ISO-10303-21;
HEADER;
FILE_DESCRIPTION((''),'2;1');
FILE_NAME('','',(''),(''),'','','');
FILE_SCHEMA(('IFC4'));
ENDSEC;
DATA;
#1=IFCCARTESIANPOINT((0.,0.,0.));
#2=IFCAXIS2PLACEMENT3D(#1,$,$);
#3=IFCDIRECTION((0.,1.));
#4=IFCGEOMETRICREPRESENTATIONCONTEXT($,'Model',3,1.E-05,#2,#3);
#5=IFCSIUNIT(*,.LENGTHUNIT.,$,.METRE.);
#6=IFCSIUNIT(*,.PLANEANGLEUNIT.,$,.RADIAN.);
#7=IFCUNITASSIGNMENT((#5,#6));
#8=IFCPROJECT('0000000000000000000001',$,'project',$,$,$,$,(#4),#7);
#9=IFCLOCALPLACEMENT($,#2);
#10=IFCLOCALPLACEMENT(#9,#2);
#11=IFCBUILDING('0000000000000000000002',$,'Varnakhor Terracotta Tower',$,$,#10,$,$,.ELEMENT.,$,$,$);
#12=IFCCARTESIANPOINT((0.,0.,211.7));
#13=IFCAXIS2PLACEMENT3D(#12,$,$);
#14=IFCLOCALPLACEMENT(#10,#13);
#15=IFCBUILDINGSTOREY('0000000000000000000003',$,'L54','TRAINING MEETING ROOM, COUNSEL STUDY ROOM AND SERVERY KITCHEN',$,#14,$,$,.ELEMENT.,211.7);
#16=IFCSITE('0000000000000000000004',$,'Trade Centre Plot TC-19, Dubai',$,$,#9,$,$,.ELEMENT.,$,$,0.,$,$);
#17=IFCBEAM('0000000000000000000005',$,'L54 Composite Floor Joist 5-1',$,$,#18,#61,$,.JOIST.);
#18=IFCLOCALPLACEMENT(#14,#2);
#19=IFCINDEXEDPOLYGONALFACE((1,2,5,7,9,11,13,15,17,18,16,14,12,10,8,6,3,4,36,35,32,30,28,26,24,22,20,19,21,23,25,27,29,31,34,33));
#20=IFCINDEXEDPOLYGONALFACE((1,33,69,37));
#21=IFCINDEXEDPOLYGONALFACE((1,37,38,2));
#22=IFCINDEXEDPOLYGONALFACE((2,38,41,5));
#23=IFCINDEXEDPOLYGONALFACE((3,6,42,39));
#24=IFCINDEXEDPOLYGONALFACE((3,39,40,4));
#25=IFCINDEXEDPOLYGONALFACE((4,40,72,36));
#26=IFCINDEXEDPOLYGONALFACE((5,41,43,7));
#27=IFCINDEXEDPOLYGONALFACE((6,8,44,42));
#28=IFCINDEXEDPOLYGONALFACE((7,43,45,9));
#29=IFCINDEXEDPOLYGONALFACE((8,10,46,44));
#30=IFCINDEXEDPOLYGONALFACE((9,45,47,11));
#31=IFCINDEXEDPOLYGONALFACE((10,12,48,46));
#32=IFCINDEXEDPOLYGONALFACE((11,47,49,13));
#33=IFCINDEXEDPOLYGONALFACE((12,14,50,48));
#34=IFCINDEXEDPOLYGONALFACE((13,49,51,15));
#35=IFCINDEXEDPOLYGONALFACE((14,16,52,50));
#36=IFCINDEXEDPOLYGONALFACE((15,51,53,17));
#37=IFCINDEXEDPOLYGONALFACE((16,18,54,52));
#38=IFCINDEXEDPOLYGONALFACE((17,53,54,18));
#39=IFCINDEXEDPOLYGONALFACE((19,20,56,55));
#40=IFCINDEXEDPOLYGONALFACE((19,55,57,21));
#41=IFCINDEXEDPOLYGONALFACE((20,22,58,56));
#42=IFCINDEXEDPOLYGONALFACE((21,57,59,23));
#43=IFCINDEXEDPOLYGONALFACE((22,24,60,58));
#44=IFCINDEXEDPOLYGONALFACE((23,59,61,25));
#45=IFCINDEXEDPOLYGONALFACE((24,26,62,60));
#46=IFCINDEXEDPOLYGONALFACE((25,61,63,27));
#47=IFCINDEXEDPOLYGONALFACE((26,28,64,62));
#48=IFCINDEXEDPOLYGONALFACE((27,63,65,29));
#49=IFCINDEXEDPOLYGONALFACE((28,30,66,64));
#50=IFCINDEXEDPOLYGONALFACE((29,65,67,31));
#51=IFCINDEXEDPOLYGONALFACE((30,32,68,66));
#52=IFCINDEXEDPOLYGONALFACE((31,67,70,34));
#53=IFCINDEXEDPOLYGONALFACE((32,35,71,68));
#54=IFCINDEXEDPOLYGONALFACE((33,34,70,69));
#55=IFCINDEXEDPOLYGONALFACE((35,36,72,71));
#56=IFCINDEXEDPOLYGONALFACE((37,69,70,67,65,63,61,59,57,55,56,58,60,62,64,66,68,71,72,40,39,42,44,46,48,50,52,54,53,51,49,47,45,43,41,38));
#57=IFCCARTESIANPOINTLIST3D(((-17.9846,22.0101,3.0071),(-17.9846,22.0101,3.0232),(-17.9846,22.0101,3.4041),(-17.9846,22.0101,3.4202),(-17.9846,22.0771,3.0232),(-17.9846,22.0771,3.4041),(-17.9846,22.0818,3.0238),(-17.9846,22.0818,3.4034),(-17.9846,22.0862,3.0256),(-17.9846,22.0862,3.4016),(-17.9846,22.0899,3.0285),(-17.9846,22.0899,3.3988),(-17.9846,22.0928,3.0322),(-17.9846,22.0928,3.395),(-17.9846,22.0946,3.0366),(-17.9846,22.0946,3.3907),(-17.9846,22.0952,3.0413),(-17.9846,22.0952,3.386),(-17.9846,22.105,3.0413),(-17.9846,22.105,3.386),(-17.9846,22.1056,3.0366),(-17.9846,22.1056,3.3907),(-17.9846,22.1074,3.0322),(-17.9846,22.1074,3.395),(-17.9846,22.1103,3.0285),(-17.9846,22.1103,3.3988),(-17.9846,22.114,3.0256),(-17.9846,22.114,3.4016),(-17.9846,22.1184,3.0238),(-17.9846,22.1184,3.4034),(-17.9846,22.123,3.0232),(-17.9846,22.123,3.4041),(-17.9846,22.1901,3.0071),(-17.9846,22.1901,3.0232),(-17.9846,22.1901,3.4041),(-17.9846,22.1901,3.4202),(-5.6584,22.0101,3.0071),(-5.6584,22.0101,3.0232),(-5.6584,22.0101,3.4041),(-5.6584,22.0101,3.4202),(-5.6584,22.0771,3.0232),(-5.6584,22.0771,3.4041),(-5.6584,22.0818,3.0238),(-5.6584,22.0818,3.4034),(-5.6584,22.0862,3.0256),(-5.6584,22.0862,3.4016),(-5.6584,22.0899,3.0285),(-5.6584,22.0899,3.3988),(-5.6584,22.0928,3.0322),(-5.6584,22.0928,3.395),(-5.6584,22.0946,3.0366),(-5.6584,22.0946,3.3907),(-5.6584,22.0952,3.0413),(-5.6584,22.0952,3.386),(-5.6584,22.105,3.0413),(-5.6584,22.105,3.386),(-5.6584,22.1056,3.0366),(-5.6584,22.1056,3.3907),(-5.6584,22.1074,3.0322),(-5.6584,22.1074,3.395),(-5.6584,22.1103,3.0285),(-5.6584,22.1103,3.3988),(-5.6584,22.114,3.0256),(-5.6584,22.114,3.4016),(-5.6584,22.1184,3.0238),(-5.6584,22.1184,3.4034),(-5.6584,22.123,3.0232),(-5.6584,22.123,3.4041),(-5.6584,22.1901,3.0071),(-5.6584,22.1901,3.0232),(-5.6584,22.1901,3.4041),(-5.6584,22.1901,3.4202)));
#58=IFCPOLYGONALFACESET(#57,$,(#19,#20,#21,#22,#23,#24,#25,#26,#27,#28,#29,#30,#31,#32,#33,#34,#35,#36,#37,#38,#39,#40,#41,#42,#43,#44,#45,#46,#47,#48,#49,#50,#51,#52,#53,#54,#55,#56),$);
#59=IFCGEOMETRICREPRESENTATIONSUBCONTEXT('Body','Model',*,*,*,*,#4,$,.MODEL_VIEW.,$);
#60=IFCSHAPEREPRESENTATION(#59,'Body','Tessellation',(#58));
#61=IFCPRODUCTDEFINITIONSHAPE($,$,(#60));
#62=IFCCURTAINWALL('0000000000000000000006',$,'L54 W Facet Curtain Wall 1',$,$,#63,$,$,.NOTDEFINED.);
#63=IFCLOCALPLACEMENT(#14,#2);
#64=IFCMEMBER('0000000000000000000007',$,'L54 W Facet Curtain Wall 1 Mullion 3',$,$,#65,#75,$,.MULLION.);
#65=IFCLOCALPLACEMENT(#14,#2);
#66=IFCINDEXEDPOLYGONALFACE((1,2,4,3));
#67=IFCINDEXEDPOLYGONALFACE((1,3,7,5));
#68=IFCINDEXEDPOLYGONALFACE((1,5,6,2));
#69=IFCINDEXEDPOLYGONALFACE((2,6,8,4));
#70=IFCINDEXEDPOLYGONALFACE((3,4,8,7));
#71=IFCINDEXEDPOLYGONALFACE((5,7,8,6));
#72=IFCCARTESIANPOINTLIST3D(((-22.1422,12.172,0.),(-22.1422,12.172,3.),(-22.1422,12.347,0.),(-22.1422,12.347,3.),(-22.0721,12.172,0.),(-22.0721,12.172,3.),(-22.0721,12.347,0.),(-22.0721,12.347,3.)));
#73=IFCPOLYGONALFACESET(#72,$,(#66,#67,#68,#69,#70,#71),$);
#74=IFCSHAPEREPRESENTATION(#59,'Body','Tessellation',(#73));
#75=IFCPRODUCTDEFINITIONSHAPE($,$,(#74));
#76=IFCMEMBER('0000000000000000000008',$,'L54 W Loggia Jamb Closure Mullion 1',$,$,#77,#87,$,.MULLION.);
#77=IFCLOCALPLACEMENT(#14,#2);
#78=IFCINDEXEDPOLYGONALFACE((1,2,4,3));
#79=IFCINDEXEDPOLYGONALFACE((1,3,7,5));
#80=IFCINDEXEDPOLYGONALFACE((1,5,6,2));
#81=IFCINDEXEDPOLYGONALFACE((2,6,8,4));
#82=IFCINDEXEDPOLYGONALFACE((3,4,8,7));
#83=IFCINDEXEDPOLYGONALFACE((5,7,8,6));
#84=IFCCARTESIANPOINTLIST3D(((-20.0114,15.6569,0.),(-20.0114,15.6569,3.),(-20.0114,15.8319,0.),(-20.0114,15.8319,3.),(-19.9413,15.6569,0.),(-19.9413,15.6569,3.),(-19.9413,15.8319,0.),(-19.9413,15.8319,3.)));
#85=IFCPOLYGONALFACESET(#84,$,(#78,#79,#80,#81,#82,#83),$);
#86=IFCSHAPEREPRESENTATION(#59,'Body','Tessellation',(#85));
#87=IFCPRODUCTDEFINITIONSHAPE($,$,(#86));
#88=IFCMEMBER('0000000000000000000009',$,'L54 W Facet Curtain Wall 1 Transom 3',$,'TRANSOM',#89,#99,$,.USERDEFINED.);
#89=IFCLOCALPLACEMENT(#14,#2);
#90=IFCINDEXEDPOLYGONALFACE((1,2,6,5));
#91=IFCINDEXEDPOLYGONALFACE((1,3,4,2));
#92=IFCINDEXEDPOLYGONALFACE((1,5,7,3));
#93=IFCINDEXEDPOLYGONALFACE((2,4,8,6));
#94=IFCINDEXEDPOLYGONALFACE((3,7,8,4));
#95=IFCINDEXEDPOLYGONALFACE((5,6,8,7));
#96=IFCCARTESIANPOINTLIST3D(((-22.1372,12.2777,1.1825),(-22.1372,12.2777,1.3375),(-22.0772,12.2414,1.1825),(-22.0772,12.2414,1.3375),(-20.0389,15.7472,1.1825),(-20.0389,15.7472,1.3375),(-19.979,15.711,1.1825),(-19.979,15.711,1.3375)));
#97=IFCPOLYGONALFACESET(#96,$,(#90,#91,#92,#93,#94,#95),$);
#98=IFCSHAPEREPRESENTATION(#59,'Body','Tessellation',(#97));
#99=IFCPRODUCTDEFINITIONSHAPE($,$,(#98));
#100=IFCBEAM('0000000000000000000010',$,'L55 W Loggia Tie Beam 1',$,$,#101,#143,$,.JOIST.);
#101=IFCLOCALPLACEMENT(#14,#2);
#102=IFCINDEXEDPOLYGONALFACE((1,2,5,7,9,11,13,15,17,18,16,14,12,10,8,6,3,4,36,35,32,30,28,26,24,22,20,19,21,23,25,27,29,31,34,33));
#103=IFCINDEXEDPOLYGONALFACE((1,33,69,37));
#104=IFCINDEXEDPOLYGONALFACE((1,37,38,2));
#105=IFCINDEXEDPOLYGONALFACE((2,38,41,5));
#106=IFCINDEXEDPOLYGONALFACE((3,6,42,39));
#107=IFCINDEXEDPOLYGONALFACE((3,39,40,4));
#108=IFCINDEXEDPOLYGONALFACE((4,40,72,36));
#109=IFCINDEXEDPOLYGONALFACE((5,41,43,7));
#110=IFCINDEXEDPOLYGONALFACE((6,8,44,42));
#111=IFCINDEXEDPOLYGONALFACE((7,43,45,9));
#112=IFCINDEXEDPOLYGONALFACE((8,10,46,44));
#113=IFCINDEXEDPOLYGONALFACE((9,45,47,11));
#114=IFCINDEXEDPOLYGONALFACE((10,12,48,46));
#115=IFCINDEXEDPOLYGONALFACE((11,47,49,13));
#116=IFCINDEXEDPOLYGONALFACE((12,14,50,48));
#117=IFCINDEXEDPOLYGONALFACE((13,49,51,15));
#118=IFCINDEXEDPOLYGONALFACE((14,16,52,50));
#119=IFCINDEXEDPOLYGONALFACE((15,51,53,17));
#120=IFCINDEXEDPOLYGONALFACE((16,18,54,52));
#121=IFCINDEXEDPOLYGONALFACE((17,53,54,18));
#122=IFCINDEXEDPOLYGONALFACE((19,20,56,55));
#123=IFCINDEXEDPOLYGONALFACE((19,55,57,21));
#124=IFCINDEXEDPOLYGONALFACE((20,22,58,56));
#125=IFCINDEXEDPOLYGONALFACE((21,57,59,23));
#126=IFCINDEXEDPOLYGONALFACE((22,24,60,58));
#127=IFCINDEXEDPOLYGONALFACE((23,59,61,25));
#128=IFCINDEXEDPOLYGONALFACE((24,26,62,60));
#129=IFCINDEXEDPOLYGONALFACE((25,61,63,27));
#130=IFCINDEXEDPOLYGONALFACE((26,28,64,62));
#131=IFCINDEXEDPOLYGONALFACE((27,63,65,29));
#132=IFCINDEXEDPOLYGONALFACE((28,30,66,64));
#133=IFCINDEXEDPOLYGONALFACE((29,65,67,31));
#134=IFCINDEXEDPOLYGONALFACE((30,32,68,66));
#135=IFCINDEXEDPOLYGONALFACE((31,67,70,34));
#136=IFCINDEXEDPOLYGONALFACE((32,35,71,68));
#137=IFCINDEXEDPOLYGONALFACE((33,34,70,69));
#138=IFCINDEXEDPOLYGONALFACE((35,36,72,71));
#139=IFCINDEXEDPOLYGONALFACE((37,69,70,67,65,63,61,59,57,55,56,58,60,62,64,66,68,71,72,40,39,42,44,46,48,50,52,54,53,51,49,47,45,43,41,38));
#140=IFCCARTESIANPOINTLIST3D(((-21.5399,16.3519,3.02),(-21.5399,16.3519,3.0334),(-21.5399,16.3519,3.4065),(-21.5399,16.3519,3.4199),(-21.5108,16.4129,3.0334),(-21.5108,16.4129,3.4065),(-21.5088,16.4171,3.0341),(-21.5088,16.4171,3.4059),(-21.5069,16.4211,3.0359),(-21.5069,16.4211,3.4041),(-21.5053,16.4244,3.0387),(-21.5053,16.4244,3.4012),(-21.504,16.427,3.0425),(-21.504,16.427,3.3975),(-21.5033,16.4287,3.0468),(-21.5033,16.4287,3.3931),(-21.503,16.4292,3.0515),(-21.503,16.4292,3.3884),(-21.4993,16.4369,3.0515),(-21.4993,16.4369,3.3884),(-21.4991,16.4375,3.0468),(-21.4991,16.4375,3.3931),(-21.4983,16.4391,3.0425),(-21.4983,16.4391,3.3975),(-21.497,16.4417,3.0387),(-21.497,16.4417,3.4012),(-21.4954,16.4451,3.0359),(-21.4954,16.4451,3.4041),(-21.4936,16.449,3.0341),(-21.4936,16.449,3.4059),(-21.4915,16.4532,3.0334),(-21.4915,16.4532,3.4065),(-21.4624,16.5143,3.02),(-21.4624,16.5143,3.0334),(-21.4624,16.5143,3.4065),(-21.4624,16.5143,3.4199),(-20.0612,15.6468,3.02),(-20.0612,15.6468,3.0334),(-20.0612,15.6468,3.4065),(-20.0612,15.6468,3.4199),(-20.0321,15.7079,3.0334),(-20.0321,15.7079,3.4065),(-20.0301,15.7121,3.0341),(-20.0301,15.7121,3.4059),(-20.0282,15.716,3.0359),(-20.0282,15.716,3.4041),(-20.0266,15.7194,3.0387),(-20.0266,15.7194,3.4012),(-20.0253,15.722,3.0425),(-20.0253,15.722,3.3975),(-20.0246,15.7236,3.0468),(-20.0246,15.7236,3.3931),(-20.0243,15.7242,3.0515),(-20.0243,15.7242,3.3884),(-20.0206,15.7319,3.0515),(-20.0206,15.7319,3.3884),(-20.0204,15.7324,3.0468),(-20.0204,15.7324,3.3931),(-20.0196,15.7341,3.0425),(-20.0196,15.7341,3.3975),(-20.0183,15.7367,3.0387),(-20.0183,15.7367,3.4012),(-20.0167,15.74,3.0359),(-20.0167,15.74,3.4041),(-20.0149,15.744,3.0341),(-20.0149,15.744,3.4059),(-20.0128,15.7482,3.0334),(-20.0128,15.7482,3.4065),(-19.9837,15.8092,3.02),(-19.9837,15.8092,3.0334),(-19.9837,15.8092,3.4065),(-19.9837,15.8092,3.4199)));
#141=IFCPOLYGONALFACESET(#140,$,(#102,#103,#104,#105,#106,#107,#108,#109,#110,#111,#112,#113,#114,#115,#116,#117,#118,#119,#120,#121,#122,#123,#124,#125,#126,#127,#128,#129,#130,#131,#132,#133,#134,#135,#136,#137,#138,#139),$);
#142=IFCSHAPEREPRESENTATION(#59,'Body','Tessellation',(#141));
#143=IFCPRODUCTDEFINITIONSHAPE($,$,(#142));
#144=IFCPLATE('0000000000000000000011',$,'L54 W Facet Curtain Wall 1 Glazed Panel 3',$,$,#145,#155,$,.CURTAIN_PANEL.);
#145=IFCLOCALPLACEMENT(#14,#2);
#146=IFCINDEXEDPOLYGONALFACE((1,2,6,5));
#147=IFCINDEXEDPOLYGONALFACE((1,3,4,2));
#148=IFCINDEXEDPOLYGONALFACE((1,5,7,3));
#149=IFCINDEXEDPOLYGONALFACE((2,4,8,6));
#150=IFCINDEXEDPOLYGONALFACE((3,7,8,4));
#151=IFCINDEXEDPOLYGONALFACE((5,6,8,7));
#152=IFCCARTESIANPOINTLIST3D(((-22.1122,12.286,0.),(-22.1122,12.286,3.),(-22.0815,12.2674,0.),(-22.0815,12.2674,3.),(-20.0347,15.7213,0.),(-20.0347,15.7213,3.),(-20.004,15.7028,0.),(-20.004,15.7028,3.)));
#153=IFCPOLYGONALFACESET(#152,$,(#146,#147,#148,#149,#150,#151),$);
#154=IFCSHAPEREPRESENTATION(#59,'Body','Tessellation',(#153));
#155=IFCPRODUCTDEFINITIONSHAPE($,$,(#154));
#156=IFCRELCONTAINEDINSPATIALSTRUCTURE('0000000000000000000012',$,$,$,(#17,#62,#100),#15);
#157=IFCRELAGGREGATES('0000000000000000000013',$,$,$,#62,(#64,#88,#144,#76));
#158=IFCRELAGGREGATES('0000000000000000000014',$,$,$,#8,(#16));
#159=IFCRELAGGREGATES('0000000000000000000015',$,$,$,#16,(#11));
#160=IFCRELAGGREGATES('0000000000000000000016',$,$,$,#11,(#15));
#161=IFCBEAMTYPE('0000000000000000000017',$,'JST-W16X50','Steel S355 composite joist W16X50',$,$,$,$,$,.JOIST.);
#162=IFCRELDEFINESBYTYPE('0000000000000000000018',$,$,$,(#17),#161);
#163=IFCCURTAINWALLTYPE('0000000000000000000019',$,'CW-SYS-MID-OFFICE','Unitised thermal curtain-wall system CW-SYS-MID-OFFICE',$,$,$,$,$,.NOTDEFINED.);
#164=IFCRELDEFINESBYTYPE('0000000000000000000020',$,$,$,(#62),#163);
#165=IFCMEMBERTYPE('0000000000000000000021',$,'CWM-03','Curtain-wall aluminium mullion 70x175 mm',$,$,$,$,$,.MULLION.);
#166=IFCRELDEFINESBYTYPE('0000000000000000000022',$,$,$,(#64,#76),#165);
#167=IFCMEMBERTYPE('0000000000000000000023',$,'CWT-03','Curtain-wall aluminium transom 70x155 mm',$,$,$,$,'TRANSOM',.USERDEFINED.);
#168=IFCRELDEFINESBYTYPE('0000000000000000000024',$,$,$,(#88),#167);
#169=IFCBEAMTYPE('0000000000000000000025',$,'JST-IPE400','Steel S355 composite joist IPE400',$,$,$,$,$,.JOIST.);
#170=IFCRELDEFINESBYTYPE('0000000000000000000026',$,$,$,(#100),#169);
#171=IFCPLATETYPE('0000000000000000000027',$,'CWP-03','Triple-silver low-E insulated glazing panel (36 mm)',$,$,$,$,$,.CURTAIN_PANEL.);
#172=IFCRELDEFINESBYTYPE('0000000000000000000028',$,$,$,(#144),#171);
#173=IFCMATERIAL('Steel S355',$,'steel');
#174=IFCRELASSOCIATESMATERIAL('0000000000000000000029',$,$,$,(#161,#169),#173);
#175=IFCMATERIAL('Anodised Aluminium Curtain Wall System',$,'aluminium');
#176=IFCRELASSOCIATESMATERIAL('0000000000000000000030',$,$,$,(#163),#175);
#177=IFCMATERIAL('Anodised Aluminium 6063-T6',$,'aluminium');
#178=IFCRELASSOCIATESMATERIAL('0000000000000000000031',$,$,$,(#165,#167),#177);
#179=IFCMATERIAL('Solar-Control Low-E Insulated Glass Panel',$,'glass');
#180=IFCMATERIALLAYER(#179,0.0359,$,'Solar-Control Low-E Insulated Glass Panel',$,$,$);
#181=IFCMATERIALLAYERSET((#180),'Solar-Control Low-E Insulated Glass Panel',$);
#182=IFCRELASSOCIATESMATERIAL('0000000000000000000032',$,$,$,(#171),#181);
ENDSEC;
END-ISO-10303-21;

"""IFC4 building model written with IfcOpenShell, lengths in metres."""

from ifc_helpers import new_model, si_unit, direction, frame, origin, origin_2d, place, context, subcontext, project, spatial, rectangle, i_section, extrude, source, transform, mapped, material, layer, layer_set, material_profile, profile_set, type_object, element, aggregate, save


model = new_model("IFC4")

# Units and contexts
model_context = context("Model", 3, precision=1e-05, world=origin(), true_north=direction((0.0, 1.0)))
body_context = subcontext(model_context, "Body", "Model", "MODEL_VIEW")
ifc_project = project(units=[si_unit("LENGTHUNIT", "METRE"), si_unit("PLANEANGLEUNIT", "RADIAN")], contexts=[model_context])

# Site, building, storey
site_placement = place(None, origin())
site = spatial("IfcSite", under=ifc_project, at=site_placement, Name="Trade Centre Plot TC-19, Dubai", CompositionType="ELEMENT", RefElevation=0.0)
building_placement = place(site_placement, origin())
building = spatial("IfcBuilding", under=site, at=building_placement, Name="Varnakhor Terracotta Tower", CompositionType="ELEMENT")
storey_placement = place(building_placement, frame((0.0, 0.0, 211.7)))
storey = spatial("IfcBuildingStorey", under=building, at=storey_placement, Name="L54", Description="TRAINING MEETING ROOM, COUNSEL STUDY ROOM AND SERVERY KITCHEN", CompositionType="ELEMENT", Elevation=211.7)

# Beam
ifc_material_1 = material(Name="Steel S355", Category="steel")
ifc_material_profile_1 = material_profile(ifc_material_1, i_section(OverallWidth=0.1799, OverallDepth=0.4131, WebThickness=0.0098, FlangeThickness=0.0161, FilletRadius=0.0181, at=origin_2d()), Name="W16X50")
ifc_profile_set_1 = profile_set([ifc_material_profile_1], Name="Steel S355")
beam_type_1 = type_object("IfcBeamType", Name="JST-W16X50", Description="Steel S355 composite joist W16X50", PredefinedType="JOIST", material=ifc_profile_set_1)
shared_shape_1 = source(origin(), body_context, "Body", "SweptSolid", [
    extrude(i_section(OverallWidth=0.1799, OverallDepth=0.4131, WebThickness=0.0098, FlangeThickness=0.0161, FilletRadius=0.0181, at=origin_2d()), origin(), (0.0, 0.0, 1.0), 12.3262),
])
beam_1_placement = place(storey_placement, frame((-17.9846, 22.1001, 3.2136), z_axis=(1.0, 0.0, 0.0), x_axis=(0.0, 1.0, 0.0)))
element("IfcBeam", 1, at=beam_1_placement, inside=storey, type_object=beam_type_1, Name="L54 Composite Floor Joist 5-1", PredefinedType="JOIST", context=body_context, shape_type="MappedRepresentation", body=[
    mapped(shared_shape_1, transform((0.0, 0.0, 0.0), scale=1.0)),
])

# Curtain wall, members
ifc_material_2 = material(Name="Anodised Aluminium Curtain Wall System", Category="aluminium")
curtain_wall_type = type_object("IfcCurtainWallType", Name="CW-SYS-MID-OFFICE", Description="Unitised thermal curtain-wall system CW-SYS-MID-OFFICE", PredefinedType="NOTDEFINED", material=ifc_material_2)
curtain_wall_placement = place(storey_placement, origin())
curtain_wall = element("IfcCurtainWall", 2, at=curtain_wall_placement, inside=storey, type_object=curtain_wall_type, Name="L54 W Facet Curtain Wall 1", PredefinedType="NOTDEFINED")
ifc_material_3 = material(Name="Anodised Aluminium 6063-T6", Category="aluminium")
ifc_material_profile_2 = material_profile(ifc_material_3, rectangle(XDim=0.0701, YDim=0.175, at=origin_2d()), Name="ALU MULLION 70x175")
ifc_profile_set_2 = profile_set([ifc_material_profile_2], Name="Anodised Aluminium 6063-T6")
member_type_1 = type_object("IfcMemberType", Name="CWM-03", Description="Curtain-wall aluminium mullion 70x175 mm", PredefinedType="MULLION", material=ifc_profile_set_2)
shared_shape_2 = source(origin(), body_context, "Body", "SweptSolid", [
    extrude(rectangle(XDim=0.0701, YDim=0.175, at=origin_2d()), origin(), (0.0, 0.0, 1.0), 3.0),
])
member_1_placement = place(storey_placement, frame((-22.1072, 12.2595, 0.0), z_axis=(0.0, 0.0, 1.0), x_axis=(1.0, 0.0, 0.0)))
member_1 = element("IfcMember", 3, at=member_1_placement, type_object=member_type_1, Name="L54 W Facet Curtain Wall 1 Mullion 3", PredefinedType="MULLION", context=body_context, shape_type="MappedRepresentation", body=[
    mapped(shared_shape_2, transform((0.0, 0.0, 0.0), scale=1.0)),
])
member_2_placement = place(storey_placement, frame((-19.9763, 15.7444, 0.0), z_axis=(0.0, 0.0, 1.0), x_axis=(1.0, 0.0, 0.0)))
member_2 = element("IfcMember", 4, at=member_2_placement, type_object=member_type_1, Name="L54 W Loggia Jamb Closure Mullion 1", PredefinedType="MULLION", context=body_context, shape_type="MappedRepresentation", body=[
    mapped(shared_shape_2, transform((0.0, 0.0, 0.0), scale=1.0)),
])
ifc_material_profile_3 = material_profile(ifc_material_3, rectangle(XDim=0.0701, YDim=0.155, at=origin_2d()), Name="ALU TRANSOM 70x155")
ifc_profile_set_3 = profile_set([ifc_material_profile_3], Name="Anodised Aluminium 6063-T6")
member_type_2 = type_object("IfcMemberType", Name="CWT-03", Description="Curtain-wall aluminium transom 70x155 mm", ElementType="TRANSOM", PredefinedType="USERDEFINED", material=ifc_profile_set_3)
shared_shape_3 = source(origin(), body_context, "Body", "SweptSolid", [
    extrude(rectangle(XDim=0.0701, YDim=0.155, at=origin_2d()), origin(), (0.0, 0.0, 1.0), 4.0547),
])
member_3_placement = place(storey_placement, frame((-22.1072, 12.2595, 1.26), z_axis=(0.517477, 0.855697, 0.0), x_axis=(-0.855697, 0.517477, 0.0)))
member_3 = element("IfcMember", 5, at=member_3_placement, type_object=member_type_2, Name="L54 W Facet Curtain Wall 1 Transom 3", ObjectType="TRANSOM", PredefinedType="USERDEFINED", context=body_context, shape_type="MappedRepresentation", body=[
    mapped(shared_shape_3, transform((0.0, 0.0, 0.0), scale=1.0)),
])

# Beam
ifc_material_profile_4 = material_profile(ifc_material_1, i_section(OverallWidth=0.1799, OverallDepth=0.3999, WebThickness=0.0085, FlangeThickness=0.0134, FilletRadius=0.0181, at=origin_2d()), Name="IPE400")
ifc_profile_set_4 = profile_set([ifc_material_profile_4], Name="Steel S355")
beam_type_2 = type_object("IfcBeamType", Name="JST-IPE400", Description="Steel S355 composite joist IPE400", PredefinedType="JOIST", material=ifc_profile_set_4)
shared_shape_4 = source(origin(), body_context, "Body", "SweptSolid", [
    extrude(i_section(OverallWidth=0.1799, OverallDepth=0.3999, WebThickness=0.0085, FlangeThickness=0.0134, FilletRadius=0.0181, at=origin_2d()), origin(), (0.0, 0.0, 1.0), 1.6382),
])
beam_2_placement = place(storey_placement, frame((-20.0225, 15.728, 3.22), z_axis=(-0.902646, 0.430385, 0.0), x_axis=(-0.430385, -0.902646, 0.0)))
element("IfcBeam", 6, at=beam_2_placement, inside=storey, type_object=beam_type_2, Name="L55 W Loggia Tie Beam 1", PredefinedType="JOIST", context=body_context, shape_type="MappedRepresentation", body=[
    mapped(shared_shape_4, transform((0.0, 0.0, 0.0), scale=1.0)),
])

# Plate
ifc_material_4 = material(Name="Solar-Control Low-E Insulated Glass Panel", Category="glass")
ifc_layer_1 = layer(ifc_material_4, 0.0359, Name="Solar-Control Low-E Insulated Glass Panel")
ifc_layer_set_1 = layer_set([ifc_layer_1], Name="Solar-Control Low-E Insulated Glass Panel")
plate_type = type_object("IfcPlateType", Name="CWP-03", Description="Triple-silver low-E insulated glazing panel (36 mm)", PredefinedType="CURTAIN_PANEL", material=ifc_layer_set_1)
shared_shape_5 = source(origin(), body_context, "Body", "SweptSolid", [
    extrude(rectangle(XDim=4.0146, YDim=0.0359, at=origin_2d()), origin(), (0.0, 0.0, 1.0), 3.0),
])
plate_placement = place(storey_placement, frame((-21.0581, 13.9944, 0.0), z_axis=(0.0, 0.0, 1.0), x_axis=(0.517475, 0.855699, 0.0)))
plate = element("IfcPlate", 7, at=plate_placement, type_object=plate_type, Name="L54 W Facet Curtain Wall 1 Glazed Panel 3", PredefinedType="CURTAIN_PANEL", context=body_context, shape_type="MappedRepresentation", body=[
    mapped(shared_shape_5, transform((0.0, 0.0, 0.0), scale=1.0)),
])
aggregate(curtain_wall, [member_1, member_3, plate, member_2])

save(model, "model.ifc")
